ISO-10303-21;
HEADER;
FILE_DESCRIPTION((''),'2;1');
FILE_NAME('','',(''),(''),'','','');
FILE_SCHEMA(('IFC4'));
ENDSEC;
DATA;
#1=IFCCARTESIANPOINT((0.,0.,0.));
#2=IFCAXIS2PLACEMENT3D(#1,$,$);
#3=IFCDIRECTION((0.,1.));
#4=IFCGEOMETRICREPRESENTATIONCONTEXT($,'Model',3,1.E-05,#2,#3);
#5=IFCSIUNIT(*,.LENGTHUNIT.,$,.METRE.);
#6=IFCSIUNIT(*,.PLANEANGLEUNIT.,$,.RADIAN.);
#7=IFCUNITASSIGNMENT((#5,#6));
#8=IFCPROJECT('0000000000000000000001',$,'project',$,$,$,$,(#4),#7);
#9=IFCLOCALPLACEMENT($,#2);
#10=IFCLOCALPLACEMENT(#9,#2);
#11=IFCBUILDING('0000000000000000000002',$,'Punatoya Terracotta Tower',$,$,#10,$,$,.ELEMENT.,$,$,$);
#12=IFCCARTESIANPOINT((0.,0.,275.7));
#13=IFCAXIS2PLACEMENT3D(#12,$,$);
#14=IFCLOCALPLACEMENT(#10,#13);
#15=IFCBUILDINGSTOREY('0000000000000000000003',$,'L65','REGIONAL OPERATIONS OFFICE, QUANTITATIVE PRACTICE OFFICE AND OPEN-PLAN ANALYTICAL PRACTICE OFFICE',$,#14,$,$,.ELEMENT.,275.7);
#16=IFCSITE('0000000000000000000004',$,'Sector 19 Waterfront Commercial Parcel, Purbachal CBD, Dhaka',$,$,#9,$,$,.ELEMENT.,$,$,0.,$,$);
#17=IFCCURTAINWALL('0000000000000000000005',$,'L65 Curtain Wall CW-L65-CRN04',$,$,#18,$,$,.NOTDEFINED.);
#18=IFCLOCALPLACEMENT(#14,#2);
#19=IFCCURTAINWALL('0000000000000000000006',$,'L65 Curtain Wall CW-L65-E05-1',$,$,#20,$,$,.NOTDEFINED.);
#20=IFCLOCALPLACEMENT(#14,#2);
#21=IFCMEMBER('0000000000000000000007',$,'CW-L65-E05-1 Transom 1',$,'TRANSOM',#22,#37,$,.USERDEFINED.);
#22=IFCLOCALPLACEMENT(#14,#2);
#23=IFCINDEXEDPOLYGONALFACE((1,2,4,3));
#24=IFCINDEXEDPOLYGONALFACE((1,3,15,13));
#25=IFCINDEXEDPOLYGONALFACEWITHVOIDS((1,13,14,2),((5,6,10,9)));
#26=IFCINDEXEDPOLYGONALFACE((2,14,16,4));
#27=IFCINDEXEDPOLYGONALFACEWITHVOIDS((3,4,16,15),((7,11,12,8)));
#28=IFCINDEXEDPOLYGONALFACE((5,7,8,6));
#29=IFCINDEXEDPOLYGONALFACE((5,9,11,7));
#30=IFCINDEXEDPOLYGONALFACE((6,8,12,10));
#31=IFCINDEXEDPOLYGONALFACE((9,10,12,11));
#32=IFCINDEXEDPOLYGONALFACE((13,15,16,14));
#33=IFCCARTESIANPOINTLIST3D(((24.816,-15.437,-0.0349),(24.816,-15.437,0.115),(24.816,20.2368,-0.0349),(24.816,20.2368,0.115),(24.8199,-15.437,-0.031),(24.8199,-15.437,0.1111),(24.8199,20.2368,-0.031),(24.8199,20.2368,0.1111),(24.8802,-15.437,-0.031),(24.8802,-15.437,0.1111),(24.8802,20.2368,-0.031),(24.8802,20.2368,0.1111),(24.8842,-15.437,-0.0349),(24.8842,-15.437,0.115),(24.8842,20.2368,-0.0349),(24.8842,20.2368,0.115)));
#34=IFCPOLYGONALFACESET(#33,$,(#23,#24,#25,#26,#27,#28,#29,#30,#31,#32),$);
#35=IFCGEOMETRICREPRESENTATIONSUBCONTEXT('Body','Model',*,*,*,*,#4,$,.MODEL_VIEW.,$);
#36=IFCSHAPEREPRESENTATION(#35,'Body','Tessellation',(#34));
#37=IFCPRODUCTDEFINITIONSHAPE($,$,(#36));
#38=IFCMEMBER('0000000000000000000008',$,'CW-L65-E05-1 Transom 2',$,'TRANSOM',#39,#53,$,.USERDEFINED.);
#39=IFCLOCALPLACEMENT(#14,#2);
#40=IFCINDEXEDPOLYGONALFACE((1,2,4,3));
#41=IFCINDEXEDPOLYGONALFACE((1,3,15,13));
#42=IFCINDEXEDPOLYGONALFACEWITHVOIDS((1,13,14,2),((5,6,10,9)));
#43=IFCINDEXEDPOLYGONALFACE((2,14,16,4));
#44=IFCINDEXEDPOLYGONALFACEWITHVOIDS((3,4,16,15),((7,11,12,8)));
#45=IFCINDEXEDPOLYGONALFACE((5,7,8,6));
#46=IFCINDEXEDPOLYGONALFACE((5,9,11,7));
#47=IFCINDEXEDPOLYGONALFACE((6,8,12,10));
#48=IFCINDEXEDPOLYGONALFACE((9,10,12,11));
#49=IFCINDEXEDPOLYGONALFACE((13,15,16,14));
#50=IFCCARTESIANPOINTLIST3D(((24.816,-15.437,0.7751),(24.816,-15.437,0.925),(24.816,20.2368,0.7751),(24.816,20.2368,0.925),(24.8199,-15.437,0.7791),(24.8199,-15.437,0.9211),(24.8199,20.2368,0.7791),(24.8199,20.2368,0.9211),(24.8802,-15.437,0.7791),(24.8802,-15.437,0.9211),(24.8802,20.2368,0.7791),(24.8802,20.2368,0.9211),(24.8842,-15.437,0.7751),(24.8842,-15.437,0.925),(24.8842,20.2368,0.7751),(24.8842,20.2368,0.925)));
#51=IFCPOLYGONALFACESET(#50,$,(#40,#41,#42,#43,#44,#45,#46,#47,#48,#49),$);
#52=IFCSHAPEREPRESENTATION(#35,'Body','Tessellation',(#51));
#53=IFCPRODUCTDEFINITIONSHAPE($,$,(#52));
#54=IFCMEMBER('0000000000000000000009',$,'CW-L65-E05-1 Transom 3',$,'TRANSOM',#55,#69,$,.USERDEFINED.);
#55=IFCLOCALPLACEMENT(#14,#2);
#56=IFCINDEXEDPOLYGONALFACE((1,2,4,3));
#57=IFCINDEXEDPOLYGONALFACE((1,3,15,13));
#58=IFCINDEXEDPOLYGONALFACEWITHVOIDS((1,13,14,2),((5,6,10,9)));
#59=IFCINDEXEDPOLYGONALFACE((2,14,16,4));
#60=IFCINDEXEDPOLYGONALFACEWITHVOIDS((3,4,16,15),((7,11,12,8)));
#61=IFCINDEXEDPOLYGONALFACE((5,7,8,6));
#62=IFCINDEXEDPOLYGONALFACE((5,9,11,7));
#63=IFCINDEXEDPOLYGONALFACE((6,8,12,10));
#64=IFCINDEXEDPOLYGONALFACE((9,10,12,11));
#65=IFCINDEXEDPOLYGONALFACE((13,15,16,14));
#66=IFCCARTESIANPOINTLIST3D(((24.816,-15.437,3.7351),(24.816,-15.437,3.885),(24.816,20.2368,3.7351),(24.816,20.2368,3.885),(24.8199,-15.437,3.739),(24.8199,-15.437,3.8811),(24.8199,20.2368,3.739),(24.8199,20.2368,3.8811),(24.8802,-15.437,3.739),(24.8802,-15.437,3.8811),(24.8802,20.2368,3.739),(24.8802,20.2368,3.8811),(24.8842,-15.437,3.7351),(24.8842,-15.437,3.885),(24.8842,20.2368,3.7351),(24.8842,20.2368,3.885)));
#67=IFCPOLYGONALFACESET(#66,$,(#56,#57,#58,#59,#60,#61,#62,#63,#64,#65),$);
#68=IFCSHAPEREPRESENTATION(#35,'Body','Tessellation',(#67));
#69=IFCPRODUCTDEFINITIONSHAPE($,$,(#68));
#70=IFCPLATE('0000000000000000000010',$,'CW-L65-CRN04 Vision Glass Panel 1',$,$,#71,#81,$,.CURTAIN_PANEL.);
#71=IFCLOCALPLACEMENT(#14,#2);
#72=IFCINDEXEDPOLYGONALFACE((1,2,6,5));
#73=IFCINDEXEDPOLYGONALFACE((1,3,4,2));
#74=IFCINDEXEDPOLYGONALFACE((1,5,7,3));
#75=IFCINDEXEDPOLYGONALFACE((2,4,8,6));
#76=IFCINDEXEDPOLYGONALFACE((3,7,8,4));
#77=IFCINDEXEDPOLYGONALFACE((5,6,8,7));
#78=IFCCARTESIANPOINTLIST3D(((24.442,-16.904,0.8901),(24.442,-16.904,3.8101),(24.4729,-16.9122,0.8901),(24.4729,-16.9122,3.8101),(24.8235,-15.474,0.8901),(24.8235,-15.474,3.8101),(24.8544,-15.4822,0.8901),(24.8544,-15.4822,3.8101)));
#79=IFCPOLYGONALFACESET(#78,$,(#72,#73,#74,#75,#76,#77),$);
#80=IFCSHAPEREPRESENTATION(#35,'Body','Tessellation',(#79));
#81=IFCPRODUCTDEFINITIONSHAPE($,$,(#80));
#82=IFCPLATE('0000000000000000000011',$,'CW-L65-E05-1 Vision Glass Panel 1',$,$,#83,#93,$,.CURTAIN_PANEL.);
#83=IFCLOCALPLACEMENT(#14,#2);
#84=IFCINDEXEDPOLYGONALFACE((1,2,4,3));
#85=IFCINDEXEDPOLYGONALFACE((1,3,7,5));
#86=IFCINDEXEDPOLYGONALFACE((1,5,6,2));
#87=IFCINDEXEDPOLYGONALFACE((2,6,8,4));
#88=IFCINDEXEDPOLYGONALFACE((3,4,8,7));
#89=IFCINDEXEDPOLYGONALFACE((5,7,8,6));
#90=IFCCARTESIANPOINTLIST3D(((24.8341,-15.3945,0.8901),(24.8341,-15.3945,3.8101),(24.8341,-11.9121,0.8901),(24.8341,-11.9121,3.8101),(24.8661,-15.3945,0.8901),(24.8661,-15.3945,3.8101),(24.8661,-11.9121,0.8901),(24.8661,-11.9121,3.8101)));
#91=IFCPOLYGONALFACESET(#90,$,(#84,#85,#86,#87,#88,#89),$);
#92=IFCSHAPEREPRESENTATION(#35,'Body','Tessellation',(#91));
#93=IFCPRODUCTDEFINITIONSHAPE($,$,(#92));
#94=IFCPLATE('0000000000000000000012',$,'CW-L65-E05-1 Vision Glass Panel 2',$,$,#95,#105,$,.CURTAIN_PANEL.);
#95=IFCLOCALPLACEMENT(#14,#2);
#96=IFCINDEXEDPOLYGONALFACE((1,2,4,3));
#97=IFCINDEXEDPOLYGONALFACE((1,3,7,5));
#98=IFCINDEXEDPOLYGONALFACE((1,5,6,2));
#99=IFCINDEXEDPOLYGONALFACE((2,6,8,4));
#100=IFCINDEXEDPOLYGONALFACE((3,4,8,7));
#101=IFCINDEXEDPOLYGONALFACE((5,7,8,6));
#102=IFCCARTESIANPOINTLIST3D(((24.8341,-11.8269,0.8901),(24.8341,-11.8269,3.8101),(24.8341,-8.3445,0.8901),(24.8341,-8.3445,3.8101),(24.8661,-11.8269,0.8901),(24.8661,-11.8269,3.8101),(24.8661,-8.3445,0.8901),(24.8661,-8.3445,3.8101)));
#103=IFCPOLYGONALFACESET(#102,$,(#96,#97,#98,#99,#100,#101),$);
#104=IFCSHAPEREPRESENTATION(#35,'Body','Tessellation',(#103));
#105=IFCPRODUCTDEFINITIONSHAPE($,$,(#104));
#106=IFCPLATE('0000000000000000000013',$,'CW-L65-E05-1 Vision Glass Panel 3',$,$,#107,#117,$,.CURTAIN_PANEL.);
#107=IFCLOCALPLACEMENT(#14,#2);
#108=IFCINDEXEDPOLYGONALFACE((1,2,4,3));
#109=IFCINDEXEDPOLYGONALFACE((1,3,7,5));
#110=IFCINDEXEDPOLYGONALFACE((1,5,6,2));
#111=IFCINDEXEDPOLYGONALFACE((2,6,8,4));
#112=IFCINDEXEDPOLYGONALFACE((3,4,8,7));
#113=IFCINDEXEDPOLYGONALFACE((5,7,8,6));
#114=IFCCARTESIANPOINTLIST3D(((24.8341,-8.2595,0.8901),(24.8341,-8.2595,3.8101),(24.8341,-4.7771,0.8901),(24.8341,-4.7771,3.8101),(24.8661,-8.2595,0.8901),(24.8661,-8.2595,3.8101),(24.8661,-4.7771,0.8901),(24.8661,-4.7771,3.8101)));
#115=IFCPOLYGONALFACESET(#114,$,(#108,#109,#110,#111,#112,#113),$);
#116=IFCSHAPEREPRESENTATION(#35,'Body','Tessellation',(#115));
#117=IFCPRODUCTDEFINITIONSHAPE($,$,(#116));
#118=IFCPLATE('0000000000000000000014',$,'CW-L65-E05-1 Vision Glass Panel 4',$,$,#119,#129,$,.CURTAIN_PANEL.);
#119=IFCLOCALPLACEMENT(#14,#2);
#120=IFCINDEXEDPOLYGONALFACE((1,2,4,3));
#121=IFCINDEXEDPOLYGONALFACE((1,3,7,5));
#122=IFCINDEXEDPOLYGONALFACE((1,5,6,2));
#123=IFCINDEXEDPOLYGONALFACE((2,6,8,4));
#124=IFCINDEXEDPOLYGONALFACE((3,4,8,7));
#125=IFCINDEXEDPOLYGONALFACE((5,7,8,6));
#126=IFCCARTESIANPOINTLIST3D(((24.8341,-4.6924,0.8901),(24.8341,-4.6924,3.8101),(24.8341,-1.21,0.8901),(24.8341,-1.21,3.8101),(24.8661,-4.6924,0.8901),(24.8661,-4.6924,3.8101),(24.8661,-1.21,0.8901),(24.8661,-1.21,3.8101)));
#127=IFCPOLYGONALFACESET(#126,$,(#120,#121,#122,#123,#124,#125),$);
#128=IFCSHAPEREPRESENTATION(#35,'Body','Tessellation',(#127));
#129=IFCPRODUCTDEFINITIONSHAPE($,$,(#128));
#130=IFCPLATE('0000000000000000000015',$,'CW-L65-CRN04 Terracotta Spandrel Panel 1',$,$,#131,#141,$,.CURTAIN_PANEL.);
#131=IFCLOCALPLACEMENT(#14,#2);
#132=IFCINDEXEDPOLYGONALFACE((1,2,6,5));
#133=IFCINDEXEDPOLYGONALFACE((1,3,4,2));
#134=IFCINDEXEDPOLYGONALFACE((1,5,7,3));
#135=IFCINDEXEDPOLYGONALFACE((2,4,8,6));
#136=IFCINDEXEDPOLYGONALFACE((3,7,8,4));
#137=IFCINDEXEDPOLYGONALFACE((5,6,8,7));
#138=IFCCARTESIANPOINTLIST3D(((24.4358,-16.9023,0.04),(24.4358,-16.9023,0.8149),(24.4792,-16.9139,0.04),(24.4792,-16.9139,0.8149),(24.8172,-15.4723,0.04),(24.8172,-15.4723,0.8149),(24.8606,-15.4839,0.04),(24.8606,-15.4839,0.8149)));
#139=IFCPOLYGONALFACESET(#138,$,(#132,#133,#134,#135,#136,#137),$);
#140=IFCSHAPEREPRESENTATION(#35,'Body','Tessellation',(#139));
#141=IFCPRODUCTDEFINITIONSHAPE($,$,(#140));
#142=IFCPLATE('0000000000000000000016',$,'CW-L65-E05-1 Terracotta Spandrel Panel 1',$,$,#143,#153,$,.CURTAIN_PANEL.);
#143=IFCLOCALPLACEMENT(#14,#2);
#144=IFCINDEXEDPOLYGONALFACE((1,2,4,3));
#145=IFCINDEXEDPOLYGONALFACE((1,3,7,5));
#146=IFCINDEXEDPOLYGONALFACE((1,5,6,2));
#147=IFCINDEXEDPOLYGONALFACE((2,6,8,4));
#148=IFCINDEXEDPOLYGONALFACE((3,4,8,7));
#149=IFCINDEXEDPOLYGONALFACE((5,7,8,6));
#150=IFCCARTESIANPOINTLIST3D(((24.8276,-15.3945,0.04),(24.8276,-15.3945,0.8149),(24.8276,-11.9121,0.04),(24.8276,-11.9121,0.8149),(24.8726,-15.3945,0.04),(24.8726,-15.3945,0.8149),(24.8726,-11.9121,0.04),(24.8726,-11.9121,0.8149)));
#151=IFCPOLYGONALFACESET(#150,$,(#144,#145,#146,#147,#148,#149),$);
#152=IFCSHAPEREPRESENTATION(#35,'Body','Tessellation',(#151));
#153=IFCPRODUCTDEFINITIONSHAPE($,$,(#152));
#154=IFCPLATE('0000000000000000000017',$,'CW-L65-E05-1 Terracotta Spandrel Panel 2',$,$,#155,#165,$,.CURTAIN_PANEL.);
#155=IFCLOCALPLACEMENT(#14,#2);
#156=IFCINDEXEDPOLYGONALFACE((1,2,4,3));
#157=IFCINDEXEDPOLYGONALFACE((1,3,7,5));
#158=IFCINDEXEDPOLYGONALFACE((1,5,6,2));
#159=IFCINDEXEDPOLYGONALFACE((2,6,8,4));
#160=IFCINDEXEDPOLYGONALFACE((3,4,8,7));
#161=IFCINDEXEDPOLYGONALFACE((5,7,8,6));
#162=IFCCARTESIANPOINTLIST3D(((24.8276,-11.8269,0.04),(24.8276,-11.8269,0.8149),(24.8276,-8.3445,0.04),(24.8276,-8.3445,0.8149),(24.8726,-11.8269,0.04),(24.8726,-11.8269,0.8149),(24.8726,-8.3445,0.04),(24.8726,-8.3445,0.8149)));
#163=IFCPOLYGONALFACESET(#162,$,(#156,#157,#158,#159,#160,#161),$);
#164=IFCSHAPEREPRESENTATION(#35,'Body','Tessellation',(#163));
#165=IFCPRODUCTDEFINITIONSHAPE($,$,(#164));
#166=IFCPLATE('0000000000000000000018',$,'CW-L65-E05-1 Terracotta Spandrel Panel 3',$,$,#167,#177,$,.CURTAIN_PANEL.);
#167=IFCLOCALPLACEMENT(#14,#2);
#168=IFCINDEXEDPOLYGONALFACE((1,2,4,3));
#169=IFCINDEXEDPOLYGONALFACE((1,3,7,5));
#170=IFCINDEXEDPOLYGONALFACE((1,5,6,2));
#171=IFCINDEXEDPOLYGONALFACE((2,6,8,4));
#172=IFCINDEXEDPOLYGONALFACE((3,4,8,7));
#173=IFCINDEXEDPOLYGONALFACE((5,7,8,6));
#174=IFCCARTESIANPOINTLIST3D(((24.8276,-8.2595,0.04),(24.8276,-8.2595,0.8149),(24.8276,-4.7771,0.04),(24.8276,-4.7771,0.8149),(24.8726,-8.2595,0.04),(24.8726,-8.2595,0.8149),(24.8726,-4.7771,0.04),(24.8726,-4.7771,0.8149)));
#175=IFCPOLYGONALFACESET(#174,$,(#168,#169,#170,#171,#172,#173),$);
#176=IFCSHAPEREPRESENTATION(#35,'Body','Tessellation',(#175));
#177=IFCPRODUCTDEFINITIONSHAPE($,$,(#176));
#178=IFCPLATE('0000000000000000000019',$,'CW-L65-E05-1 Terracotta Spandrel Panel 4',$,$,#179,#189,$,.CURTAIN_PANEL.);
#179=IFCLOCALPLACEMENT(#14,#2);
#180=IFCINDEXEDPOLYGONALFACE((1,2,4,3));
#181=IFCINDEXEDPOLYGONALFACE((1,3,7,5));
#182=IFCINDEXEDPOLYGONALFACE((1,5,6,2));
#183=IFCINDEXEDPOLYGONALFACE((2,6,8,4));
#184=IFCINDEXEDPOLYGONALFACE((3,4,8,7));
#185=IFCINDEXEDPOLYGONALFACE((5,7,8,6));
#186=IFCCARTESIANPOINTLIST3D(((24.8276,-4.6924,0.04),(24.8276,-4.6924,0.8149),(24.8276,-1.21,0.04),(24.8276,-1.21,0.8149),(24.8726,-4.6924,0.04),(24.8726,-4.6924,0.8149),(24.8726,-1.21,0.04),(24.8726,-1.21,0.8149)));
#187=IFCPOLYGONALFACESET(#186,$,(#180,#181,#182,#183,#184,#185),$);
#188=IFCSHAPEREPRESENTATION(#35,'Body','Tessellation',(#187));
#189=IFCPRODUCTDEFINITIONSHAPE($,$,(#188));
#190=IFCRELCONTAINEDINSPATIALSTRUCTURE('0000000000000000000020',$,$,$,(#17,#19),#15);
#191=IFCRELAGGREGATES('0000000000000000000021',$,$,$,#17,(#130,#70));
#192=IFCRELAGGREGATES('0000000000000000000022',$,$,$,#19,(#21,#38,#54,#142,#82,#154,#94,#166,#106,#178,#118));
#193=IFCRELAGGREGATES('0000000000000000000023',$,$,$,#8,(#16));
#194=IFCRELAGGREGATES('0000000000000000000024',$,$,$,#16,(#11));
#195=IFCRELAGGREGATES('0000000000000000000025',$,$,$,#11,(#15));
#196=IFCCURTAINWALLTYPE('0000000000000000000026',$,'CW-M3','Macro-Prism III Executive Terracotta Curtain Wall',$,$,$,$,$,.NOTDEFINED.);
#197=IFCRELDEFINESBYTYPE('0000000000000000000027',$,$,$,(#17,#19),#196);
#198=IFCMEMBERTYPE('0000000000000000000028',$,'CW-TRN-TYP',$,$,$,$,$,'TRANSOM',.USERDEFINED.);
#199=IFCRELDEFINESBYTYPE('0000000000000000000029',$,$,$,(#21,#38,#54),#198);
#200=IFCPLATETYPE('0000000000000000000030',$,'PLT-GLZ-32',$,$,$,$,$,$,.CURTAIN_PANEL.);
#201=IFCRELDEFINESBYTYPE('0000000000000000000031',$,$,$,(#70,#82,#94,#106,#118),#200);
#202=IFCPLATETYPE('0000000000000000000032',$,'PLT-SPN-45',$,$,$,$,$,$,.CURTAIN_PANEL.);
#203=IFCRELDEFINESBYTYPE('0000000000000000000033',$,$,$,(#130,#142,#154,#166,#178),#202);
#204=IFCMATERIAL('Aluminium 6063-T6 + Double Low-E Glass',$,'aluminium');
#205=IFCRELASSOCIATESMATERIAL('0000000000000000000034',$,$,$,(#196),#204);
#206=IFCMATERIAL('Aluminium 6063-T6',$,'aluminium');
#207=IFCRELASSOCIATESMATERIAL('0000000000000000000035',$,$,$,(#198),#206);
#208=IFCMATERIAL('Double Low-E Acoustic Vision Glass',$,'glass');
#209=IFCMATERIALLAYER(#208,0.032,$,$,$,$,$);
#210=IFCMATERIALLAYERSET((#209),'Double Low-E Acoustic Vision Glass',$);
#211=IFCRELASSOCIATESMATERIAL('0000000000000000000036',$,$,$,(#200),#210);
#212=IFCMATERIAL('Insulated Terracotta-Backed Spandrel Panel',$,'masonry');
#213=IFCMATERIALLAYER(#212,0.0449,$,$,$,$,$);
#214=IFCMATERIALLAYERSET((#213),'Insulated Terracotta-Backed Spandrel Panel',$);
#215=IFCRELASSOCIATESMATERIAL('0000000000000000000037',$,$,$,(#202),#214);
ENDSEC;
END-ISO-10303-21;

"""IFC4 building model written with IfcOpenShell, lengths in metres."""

from ifc_helpers import new_model, si_unit, direction, frame, origin, origin_2d, place, context, subcontext, project, spatial, rectangle, hollow_rectangle, extrude, material, layer, layer_set, material_profile, profile_set, type_object, element, aggregate, save


model = new_model("IFC4")

# Units and contexts
model_context = context("Model", 3, precision=1e-05, world=origin(), true_north=direction((0.0, 1.0)))
body_context = subcontext(model_context, "Body", "Model", "MODEL_VIEW")
ifc_project = project(units=[si_unit("LENGTHUNIT", "METRE"), si_unit("PLANEANGLEUNIT", "RADIAN")], contexts=[model_context])

# Site, building, storey
site_placement = place(None, origin())
site = spatial("IfcSite", under=ifc_project, at=site_placement, Name="Sector 19 Waterfront Commercial Parcel, Purbachal CBD, Dhaka", CompositionType="ELEMENT", RefElevation=0.0)
building_placement = place(site_placement, origin())
building = spatial("IfcBuilding", under=site, at=building_placement, Name="Punatoya Terracotta Tower", CompositionType="ELEMENT")
storey_placement = place(building_placement, frame((0.0, 0.0, 275.7)))
storey = spatial("IfcBuildingStorey", under=building, at=storey_placement, Name="L65", Description="REGIONAL OPERATIONS OFFICE, QUANTITATIVE PRACTICE OFFICE AND OPEN-PLAN ANALYTICAL PRACTICE OFFICE", CompositionType="ELEMENT", Elevation=275.7)

# Curtain walls
ifc_material_1 = material(Name="Aluminium 6063-T6 + Double Low-E Glass", Category="aluminium")
curtain_wall_type = type_object("IfcCurtainWallType", Name="CW-M3", Description="Macro-Prism III Executive Terracotta Curtain Wall", PredefinedType="NOTDEFINED", material=ifc_material_1)
curtain_wall_1_placement = place(storey_placement, origin())
curtain_wall_1 = element("IfcCurtainWall", 1, at=curtain_wall_1_placement, inside=storey, type_object=curtain_wall_type, Name="L65 Curtain Wall CW-L65-CRN04", PredefinedType="NOTDEFINED")
ifc_material_2 = material(Name="Aluminium 6063-T6", Category="aluminium")
curtain_wall_2_placement = place(storey_placement, origin())
curtain_wall_2 = element("IfcCurtainWall", 2, at=curtain_wall_2_placement, inside=storey, type_object=curtain_wall_type, Name="L65 Curtain Wall CW-L65-E05-1", PredefinedType="NOTDEFINED")

# Members
ifc_material_profile_1 = material_profile(ifc_material_2, hollow_rectangle(XDim=0.0681, YDim=0.1499, WallThickness=0.0039, at=origin_2d()))
ifc_profile_set_1 = profile_set([ifc_material_profile_1], Name="Aluminium 6063-T6")
member_type_1 = type_object("IfcMemberType", Name="CW-TRN-TYP", ElementType="TRANSOM", PredefinedType="USERDEFINED", material=ifc_profile_set_1)
member_1_placement = place(storey_placement, frame((24.8501, -15.437, 0.04), z_axis=(0.0, 1.0, 0.0), x_axis=(-1.0, 0.0, 0.0)))
member_1 = element("IfcMember", 3, at=member_1_placement, type_object=member_type_1, Name="CW-L65-E05-1 Transom 1", ObjectType="TRANSOM", PredefinedType="USERDEFINED", context=body_context, shape_type="SweptSolid", body=[
    extrude(hollow_rectangle(XDim=0.0681, YDim=0.1499, WallThickness=0.0039, at=origin_2d()), origin(), (0.0, 0.0, 1.0), 35.6738),
])
member_2_placement = place(storey_placement, frame((24.8501, -15.437, 0.8501), z_axis=(0.0, 1.0, 0.0), x_axis=(-1.0, 0.0, 0.0)))
member_2 = element("IfcMember", 4, at=member_2_placement, type_object=member_type_1, Name="CW-L65-E05-1 Transom 2", ObjectType="TRANSOM", PredefinedType="USERDEFINED", context=body_context, shape_type="SweptSolid", body=[
    extrude(hollow_rectangle(XDim=0.0681, YDim=0.1499, WallThickness=0.0039, at=origin_2d()), origin(), (0.0, 0.0, 1.0), 35.6738),
])
member_3_placement = place(storey_placement, frame((24.8501, -15.437, 3.8101), z_axis=(0.0, 1.0, 0.0), x_axis=(-1.0, 0.0, 0.0)))
member_3 = element("IfcMember", 5, at=member_3_placement, type_object=member_type_1, Name="CW-L65-E05-1 Transom 3", ObjectType="TRANSOM", PredefinedType="USERDEFINED", context=body_context, shape_type="SweptSolid", body=[
    extrude(hollow_rectangle(XDim=0.0681, YDim=0.1499, WallThickness=0.0039, at=origin_2d()), origin(), (0.0, 0.0, 1.0), 35.6738),
])

# Plates
ifc_material_3 = material(Name="Double Low-E Acoustic Vision Glass", Category="glass")
ifc_layer_1 = layer(ifc_material_3, 0.032)
ifc_layer_set_1 = layer_set([ifc_layer_1], Name="Double Low-E Acoustic Vision Glass")
plate_type_1 = type_object("IfcPlateType", Name="PLT-GLZ-32", PredefinedType="CURTAIN_PANEL", material=ifc_layer_set_1)
plate_1_placement = place(storey_placement, frame((24.6482, -16.1931, 0.8901), z_axis=(0.0, 0.0, 1.0), x_axis=(0.257742, 0.966214, 0.0)))
plate_1 = element("IfcPlate", 6, at=plate_1_placement, type_object=plate_type_1, Name="CW-L65-CRN04 Vision Glass Panel 1", PredefinedType="CURTAIN_PANEL", context=body_context, shape_type="SweptSolid", body=[
    extrude(rectangle(XDim=1.48, YDim=0.032, at=origin_2d()), origin(), (0.0, 0.0, 1.0), 2.9199),
])
plate_2_placement = place(storey_placement, frame((24.8501, -13.6533, 0.8901), z_axis=(0.0, 0.0, 1.0), x_axis=(0.0, 1.0, 0.0)))
plate_2 = element("IfcPlate", 7, at=plate_2_placement, type_object=plate_type_1, Name="CW-L65-E05-1 Vision Glass Panel 1", PredefinedType="CURTAIN_PANEL", context=body_context, shape_type="SweptSolid", body=[
    extrude(rectangle(XDim=3.4824, YDim=0.032, at=origin_2d()), origin(), (0.0, 0.0, 1.0), 2.9199),
])
plate_3_placement = place(storey_placement, frame((24.8501, -10.0857, 0.8901), z_axis=(0.0, 0.0, 1.0), x_axis=(0.0, 1.0, 0.0)))
plate_3 = element("IfcPlate", 8, at=plate_3_placement, type_object=plate_type_1, Name="CW-L65-E05-1 Vision Glass Panel 2", PredefinedType="CURTAIN_PANEL", context=body_context, shape_type="SweptSolid", body=[
    extrude(rectangle(XDim=3.4824, YDim=0.032, at=origin_2d()), origin(), (0.0, 0.0, 1.0), 2.9199),
])
plate_4_placement = place(storey_placement, frame((24.8501, -6.5183, 0.8901), z_axis=(0.0, 0.0, 1.0), x_axis=(0.0, 1.0, 0.0)))
plate_4 = element("IfcPlate", 9, at=plate_4_placement, type_object=plate_type_1, Name="CW-L65-E05-1 Vision Glass Panel 3", PredefinedType="CURTAIN_PANEL", context=body_context, shape_type="SweptSolid", body=[
    extrude(rectangle(XDim=3.4824, YDim=0.032, at=origin_2d()), origin(), (0.0, 0.0, 1.0), 2.9199),
])
plate_5_placement = place(storey_placement, frame((24.8501, -2.9512, 0.8901), z_axis=(0.0, 0.0, 1.0), x_axis=(0.0, 1.0, 0.0)))
plate_5 = element("IfcPlate", 10, at=plate_5_placement, type_object=plate_type_1, Name="CW-L65-E05-1 Vision Glass Panel 4", PredefinedType="CURTAIN_PANEL", context=body_context, shape_type="SweptSolid", body=[
    extrude(rectangle(XDim=3.4824, YDim=0.032, at=origin_2d()), origin(), (0.0, 0.0, 1.0), 2.9199),
])
ifc_material_4 = material(Name="Insulated Terracotta-Backed Spandrel Panel", Category="masonry")
ifc_layer_2 = layer(ifc_material_4, 0.0449)
ifc_layer_set_2 = layer_set([ifc_layer_2], Name="Insulated Terracotta-Backed Spandrel Panel")
plate_type_2 = type_object("IfcPlateType", Name="PLT-SPN-45", PredefinedType="CURTAIN_PANEL", material=ifc_layer_set_2)
plate_6_placement = place(storey_placement, frame((24.6482, -16.1931, 0.04), z_axis=(0.0, 0.0, 1.0), x_axis=(0.257742, 0.966214, 0.0)))
plate_6 = element("IfcPlate", 11, at=plate_6_placement, type_object=plate_type_2, Name="CW-L65-CRN04 Terracotta Spandrel Panel 1", PredefinedType="CURTAIN_PANEL", context=body_context, shape_type="SweptSolid", body=[
    extrude(rectangle(XDim=1.48, YDim=0.0449, at=origin_2d()), origin(), (0.0, 0.0, 1.0), 0.7749),
])
aggregate(curtain_wall_1, [plate_6, plate_1])
plate_7_placement = place(storey_placement, frame((24.8501, -13.6533, 0.04), z_axis=(0.0, 0.0, 1.0), x_axis=(0.0, 1.0, 0.0)))
plate_7 = element("IfcPlate", 12, at=plate_7_placement, type_object=plate_type_2, Name="CW-L65-E05-1 Terracotta Spandrel Panel 1", PredefinedType="CURTAIN_PANEL", context=body_context, shape_type="SweptSolid", body=[
    extrude(rectangle(XDim=3.4824, YDim=0.0449, at=origin_2d()), origin(), (0.0, 0.0, 1.0), 0.7749),
])
plate_8_placement = place(storey_placement, frame((24.8501, -10.0857, 0.04), z_axis=(0.0, 0.0, 1.0), x_axis=(0.0, 1.0, 0.0)))
plate_8 = element("IfcPlate", 13, at=plate_8_placement, type_object=plate_type_2, Name="CW-L65-E05-1 Terracotta Spandrel Panel 2", PredefinedType="CURTAIN_PANEL", context=body_context, shape_type="SweptSolid", body=[
    extrude(rectangle(XDim=3.4824, YDim=0.0449, at=origin_2d()), origin(), (0.0, 0.0, 1.0), 0.7749),
])
plate_9_placement = place(storey_placement, frame((24.8501, -6.5183, 0.04), z_axis=(0.0, 0.0, 1.0), x_axis=(0.0, 1.0, 0.0)))
plate_9 = element("IfcPlate", 14, at=plate_9_placement, type_object=plate_type_2, Name="CW-L65-E05-1 Terracotta Spandrel Panel 3", PredefinedType="CURTAIN_PANEL", context=body_context, shape_type="SweptSolid", body=[
    extrude(rectangle(XDim=3.4824, YDim=0.0449, at=origin_2d()), origin(), (0.0, 0.0, 1.0), 0.7749),
])
plate_10_placement = place(storey_placement, frame((24.8501, -2.9512, 0.04), z_axis=(0.0, 0.0, 1.0), x_axis=(0.0, 1.0, 0.0)))
plate_10 = element("IfcPlate", 15, at=plate_10_placement, type_object=plate_type_2, Name="CW-L65-E05-1 Terracotta Spandrel Panel 4", PredefinedType="CURTAIN_PANEL", context=body_context, shape_type="SweptSolid", body=[
    extrude(rectangle(XDim=3.4824, YDim=0.0449, at=origin_2d()), origin(), (0.0, 0.0, 1.0), 0.7749),
])
aggregate(curtain_wall_2, [member_1, member_2, member_3, plate_7, plate_2, plate_8, plate_3, plate_9, plate_4, plate_10, plate_5])

save(model, "model.ifc")
